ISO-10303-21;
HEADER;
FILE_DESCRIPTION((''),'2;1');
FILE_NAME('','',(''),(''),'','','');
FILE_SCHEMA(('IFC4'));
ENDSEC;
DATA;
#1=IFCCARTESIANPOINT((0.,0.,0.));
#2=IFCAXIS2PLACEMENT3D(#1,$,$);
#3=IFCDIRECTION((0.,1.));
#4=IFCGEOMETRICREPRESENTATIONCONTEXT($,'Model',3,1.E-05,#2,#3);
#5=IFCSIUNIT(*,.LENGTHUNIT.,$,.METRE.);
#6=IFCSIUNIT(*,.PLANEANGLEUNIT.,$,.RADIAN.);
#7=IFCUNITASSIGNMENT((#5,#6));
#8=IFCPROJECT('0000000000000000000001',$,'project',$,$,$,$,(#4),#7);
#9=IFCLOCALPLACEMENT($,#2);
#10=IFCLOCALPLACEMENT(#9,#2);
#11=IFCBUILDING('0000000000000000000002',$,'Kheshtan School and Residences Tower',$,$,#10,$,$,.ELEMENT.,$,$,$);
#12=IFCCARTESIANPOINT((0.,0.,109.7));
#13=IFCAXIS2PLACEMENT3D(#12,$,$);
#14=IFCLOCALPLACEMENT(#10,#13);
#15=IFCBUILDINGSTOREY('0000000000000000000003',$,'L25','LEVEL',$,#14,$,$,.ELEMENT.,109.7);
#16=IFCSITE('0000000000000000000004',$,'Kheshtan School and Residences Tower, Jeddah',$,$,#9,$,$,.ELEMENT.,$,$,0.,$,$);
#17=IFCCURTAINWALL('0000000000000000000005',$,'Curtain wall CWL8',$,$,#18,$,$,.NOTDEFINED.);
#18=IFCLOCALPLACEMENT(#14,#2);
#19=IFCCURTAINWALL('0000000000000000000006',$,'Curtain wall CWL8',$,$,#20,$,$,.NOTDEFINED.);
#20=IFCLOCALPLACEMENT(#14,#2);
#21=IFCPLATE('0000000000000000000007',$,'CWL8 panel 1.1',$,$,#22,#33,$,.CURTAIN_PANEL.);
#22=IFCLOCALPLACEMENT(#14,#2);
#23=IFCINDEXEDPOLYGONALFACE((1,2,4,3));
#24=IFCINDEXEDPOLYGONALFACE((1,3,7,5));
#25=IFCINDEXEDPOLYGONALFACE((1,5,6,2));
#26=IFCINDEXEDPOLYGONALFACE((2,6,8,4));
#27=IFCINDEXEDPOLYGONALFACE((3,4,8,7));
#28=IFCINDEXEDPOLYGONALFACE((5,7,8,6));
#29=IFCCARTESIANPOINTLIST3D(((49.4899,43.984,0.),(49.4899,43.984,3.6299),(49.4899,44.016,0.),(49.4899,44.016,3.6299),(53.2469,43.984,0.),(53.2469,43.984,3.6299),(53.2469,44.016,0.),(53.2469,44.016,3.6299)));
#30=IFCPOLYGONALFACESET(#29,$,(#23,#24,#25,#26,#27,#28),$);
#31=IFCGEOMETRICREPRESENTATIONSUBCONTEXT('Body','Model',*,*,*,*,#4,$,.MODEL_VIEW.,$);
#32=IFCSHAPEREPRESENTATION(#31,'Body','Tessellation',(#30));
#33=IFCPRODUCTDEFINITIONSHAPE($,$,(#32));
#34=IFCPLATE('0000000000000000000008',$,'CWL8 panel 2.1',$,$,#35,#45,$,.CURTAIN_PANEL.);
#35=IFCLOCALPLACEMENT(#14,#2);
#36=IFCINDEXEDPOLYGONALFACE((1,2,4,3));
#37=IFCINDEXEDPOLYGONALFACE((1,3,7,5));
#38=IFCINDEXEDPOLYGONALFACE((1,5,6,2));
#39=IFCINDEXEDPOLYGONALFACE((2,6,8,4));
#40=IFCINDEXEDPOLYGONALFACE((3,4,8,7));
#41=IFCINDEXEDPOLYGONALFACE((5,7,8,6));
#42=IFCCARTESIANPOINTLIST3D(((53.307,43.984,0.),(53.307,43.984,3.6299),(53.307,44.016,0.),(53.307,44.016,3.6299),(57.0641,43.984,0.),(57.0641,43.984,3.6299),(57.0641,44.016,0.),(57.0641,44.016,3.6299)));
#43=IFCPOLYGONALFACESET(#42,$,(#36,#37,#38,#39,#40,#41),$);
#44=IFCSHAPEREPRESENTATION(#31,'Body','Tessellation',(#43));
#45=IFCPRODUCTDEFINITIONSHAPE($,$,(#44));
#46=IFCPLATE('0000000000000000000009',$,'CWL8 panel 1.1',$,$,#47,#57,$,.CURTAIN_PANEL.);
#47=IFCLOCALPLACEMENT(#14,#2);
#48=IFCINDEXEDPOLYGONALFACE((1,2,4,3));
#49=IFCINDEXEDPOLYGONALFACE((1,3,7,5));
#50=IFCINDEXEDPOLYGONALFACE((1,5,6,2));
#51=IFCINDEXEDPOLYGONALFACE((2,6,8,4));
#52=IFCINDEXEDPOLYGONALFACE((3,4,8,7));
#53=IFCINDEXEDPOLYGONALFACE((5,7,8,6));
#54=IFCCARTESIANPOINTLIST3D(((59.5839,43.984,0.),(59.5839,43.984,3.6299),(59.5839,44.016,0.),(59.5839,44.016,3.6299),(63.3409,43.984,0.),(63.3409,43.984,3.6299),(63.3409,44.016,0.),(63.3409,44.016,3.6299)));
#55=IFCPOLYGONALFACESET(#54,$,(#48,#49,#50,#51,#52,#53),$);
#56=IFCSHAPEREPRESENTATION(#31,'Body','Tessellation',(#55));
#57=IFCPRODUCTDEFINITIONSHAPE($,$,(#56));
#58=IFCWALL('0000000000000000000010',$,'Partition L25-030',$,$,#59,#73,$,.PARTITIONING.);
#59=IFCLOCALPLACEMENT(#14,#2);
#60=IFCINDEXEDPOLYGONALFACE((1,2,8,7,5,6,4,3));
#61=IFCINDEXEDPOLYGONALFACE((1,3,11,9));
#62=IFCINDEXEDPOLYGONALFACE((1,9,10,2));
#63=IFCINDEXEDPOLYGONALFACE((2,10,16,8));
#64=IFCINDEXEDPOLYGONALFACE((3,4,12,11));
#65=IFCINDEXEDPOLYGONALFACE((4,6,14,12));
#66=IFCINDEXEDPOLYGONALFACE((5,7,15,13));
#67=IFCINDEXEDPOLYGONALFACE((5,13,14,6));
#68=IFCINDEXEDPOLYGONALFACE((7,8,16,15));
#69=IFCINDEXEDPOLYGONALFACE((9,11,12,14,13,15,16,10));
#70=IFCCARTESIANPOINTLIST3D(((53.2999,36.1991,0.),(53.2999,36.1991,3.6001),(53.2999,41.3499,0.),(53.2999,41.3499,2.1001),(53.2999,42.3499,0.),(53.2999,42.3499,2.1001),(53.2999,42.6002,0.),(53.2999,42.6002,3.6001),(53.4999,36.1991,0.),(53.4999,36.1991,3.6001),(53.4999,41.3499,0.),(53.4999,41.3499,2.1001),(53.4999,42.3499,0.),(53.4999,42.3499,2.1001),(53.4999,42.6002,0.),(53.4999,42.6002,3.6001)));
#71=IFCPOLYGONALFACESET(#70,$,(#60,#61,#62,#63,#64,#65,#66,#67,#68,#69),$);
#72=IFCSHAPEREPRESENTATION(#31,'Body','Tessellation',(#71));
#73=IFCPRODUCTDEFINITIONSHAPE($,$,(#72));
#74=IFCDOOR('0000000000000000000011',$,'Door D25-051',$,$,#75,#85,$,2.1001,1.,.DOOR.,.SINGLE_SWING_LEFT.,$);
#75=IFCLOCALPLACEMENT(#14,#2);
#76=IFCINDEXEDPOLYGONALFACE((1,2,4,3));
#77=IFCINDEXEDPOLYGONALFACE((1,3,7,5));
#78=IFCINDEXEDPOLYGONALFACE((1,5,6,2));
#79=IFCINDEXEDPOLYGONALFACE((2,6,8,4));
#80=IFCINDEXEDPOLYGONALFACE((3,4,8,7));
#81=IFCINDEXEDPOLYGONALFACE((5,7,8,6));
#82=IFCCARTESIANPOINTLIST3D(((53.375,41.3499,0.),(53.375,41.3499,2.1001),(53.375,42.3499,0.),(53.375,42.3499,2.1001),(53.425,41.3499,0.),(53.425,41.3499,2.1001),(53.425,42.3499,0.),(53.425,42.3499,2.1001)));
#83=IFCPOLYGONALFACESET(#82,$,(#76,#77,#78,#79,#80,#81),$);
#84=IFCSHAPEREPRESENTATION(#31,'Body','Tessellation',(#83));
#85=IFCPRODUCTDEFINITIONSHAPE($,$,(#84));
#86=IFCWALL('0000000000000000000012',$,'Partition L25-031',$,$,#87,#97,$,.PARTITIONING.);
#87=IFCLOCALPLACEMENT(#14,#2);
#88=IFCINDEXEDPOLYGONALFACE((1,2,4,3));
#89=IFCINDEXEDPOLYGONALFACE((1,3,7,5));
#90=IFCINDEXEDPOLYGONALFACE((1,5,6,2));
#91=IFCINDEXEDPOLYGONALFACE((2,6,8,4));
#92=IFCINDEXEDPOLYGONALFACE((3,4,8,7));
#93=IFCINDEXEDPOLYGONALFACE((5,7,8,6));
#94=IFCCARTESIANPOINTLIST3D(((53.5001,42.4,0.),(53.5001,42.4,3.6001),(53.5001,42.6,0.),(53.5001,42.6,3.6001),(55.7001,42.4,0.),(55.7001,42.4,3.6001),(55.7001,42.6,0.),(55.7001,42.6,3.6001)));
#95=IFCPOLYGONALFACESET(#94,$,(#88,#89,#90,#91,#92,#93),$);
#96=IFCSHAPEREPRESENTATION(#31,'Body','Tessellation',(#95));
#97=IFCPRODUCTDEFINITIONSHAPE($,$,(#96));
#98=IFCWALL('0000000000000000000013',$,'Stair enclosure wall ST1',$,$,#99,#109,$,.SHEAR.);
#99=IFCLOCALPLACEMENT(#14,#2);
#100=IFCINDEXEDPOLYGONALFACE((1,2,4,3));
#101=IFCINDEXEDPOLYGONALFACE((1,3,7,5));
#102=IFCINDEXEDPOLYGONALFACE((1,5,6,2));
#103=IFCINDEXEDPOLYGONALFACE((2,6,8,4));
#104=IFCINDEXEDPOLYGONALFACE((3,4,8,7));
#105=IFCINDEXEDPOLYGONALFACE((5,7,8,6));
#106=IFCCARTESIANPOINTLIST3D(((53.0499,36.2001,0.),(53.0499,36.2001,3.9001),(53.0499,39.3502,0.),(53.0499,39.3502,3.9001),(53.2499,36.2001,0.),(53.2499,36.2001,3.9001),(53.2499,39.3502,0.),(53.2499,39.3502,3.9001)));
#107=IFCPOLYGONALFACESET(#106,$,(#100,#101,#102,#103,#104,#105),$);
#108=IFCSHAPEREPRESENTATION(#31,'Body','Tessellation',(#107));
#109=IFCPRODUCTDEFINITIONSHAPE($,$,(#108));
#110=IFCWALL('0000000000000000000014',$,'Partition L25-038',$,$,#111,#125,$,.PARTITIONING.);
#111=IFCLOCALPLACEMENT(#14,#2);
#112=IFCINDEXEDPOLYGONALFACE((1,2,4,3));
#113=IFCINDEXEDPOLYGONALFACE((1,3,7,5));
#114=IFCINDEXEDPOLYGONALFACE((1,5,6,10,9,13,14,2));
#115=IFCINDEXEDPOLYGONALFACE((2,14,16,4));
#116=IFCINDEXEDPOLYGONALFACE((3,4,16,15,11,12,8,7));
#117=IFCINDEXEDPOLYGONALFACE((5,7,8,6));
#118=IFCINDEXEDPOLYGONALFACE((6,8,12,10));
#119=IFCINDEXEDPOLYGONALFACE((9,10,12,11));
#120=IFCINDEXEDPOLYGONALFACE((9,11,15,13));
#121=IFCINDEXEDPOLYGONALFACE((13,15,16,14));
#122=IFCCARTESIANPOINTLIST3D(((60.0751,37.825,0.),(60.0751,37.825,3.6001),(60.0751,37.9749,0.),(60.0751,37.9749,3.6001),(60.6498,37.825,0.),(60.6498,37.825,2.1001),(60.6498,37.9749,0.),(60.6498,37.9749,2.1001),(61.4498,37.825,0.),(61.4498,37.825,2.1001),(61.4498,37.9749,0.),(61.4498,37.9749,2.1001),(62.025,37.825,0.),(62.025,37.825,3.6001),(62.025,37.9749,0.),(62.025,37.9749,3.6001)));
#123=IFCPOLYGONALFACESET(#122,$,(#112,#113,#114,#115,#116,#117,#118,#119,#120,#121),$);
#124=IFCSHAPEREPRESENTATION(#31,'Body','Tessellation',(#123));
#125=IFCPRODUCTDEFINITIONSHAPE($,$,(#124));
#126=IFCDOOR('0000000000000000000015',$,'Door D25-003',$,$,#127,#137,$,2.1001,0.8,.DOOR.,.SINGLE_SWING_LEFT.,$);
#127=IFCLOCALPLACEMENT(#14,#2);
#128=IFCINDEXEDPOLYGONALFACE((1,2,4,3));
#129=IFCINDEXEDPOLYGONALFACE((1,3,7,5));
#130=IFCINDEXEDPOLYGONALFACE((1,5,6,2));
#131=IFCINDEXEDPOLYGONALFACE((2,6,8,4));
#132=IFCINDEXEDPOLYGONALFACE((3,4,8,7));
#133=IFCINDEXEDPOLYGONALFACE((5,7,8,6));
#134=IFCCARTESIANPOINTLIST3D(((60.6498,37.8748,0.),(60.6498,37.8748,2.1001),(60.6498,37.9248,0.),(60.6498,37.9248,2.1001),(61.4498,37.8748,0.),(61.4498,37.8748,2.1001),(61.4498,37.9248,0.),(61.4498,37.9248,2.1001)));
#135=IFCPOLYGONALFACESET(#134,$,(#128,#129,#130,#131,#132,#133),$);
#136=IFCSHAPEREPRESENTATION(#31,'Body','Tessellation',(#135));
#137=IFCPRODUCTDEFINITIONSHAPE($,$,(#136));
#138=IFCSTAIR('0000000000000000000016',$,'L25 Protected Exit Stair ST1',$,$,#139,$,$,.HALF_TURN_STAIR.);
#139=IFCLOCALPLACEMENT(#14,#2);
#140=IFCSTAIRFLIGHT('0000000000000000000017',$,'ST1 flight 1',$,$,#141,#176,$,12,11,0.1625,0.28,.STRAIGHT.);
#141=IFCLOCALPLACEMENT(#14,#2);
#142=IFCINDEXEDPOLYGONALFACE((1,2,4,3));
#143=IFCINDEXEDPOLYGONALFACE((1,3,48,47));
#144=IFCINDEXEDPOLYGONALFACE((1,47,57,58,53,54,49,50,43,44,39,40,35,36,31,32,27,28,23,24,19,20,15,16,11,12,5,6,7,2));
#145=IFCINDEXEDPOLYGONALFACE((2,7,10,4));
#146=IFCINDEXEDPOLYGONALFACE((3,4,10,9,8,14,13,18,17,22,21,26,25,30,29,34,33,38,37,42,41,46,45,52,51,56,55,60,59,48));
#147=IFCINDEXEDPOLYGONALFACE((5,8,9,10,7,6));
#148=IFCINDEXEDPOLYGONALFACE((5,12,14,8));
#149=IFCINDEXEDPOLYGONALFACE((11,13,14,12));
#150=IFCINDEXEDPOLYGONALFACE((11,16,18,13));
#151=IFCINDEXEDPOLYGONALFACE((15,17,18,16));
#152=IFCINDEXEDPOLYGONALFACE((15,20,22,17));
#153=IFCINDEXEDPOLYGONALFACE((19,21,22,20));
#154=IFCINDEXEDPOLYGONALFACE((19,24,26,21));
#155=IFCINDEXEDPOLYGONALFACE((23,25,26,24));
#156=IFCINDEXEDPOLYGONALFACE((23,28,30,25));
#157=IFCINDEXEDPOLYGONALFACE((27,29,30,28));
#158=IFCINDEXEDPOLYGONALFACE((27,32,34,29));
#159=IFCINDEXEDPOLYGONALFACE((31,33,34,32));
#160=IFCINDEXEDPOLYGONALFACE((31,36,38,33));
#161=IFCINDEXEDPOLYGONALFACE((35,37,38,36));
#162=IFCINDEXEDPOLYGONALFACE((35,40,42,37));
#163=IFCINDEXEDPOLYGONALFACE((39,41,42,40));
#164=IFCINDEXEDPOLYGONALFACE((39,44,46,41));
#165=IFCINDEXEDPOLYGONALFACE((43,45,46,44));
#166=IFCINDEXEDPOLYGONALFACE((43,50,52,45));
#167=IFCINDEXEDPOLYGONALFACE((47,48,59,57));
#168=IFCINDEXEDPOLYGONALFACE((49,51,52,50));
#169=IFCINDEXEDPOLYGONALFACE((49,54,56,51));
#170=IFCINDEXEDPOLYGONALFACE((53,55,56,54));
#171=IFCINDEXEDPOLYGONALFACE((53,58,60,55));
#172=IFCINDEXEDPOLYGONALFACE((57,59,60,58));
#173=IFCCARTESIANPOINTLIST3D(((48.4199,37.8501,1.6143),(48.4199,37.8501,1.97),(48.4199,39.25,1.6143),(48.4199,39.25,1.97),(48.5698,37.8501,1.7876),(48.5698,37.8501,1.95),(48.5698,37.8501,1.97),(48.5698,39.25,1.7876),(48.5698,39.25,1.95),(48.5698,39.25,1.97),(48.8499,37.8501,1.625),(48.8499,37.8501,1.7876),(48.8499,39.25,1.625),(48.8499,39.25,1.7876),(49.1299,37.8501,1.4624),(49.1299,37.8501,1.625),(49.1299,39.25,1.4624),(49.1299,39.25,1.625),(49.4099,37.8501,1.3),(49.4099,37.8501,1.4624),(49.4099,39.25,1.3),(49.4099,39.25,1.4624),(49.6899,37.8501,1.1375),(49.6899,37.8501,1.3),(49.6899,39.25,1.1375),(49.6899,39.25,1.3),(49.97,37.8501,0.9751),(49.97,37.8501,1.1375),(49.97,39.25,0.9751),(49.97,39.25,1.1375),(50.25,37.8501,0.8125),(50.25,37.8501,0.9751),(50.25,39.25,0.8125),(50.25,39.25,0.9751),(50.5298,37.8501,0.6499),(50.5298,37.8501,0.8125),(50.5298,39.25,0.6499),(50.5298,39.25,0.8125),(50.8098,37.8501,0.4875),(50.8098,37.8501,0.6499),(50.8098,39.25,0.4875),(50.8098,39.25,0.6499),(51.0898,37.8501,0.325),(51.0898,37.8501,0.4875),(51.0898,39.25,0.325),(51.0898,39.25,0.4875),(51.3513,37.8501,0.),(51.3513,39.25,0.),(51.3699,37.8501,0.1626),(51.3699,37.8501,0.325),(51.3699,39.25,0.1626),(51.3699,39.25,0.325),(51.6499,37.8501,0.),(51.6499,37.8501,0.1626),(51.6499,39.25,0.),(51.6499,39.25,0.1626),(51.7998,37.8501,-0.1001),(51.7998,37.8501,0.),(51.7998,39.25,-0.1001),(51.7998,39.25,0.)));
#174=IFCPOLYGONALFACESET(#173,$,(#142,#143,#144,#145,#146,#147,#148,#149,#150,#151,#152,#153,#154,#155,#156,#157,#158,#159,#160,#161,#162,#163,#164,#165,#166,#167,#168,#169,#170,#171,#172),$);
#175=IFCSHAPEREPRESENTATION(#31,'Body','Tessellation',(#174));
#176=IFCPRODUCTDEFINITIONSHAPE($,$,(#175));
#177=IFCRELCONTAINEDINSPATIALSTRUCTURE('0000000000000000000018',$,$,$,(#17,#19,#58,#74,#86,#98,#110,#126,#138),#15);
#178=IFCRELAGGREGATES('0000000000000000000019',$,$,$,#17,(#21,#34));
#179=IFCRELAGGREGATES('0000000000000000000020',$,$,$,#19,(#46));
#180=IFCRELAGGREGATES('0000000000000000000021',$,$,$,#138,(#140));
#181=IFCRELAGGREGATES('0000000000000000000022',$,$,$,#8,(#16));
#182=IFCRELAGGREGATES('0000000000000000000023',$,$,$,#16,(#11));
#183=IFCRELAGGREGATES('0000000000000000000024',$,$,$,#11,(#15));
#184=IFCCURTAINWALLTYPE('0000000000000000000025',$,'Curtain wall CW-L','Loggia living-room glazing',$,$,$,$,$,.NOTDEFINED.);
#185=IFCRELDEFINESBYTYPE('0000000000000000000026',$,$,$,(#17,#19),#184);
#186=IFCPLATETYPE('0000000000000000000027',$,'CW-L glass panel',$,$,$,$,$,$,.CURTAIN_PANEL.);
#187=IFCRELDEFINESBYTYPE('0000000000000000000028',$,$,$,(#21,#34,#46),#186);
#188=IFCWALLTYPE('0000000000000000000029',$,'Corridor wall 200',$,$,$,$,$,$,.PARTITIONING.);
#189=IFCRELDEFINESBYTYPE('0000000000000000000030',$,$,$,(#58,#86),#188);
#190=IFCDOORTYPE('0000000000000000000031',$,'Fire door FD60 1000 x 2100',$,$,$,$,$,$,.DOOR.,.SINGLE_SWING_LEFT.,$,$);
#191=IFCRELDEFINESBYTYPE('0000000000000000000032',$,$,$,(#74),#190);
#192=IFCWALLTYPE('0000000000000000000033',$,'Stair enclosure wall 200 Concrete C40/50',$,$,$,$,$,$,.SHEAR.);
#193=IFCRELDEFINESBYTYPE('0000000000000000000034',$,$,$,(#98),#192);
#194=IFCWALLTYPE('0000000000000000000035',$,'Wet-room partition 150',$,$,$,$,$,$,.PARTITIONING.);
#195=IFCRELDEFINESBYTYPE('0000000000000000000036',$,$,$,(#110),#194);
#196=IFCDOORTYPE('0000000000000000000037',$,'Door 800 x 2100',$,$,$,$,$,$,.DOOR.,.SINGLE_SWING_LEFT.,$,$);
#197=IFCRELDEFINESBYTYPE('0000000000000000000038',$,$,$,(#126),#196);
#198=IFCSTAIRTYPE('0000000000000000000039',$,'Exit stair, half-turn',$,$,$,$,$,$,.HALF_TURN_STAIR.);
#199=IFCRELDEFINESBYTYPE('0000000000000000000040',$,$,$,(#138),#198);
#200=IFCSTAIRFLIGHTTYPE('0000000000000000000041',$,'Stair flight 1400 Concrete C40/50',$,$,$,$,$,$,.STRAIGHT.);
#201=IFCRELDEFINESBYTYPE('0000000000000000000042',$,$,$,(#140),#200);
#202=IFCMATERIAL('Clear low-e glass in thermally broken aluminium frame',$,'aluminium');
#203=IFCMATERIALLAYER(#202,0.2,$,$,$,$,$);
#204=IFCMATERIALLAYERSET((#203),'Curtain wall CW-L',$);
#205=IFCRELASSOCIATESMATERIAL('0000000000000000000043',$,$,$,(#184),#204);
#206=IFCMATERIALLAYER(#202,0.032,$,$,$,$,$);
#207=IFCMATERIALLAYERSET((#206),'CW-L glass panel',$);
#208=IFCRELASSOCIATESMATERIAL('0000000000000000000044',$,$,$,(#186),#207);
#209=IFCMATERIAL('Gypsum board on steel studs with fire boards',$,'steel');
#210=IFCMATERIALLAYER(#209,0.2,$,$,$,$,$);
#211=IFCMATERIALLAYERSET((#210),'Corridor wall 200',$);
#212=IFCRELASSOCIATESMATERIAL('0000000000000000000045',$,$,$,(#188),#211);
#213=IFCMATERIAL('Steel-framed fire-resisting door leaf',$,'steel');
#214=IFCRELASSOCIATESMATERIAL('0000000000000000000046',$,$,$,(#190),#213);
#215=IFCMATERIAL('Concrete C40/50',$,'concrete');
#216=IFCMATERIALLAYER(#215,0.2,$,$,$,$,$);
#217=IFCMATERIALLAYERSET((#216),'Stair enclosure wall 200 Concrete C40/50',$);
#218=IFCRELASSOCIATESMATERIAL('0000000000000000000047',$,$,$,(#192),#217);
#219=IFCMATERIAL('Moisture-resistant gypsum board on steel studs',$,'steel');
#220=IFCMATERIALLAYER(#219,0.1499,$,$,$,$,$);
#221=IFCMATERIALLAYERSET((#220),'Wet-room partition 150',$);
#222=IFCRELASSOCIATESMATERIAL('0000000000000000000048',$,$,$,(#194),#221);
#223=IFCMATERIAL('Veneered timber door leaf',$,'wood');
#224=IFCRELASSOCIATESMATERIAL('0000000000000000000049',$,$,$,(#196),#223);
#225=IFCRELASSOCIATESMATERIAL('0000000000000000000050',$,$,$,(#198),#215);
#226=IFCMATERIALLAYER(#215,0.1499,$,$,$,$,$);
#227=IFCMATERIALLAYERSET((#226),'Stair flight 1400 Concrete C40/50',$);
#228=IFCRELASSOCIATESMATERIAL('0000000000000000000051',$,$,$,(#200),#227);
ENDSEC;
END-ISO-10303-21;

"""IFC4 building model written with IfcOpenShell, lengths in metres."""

from ifc_helpers import new_model, si_unit, direction, frame, frame_2d, origin, origin_2d, place, context, subcontext, project, spatial, polyline, rectangle, outline, extrude, source, transform, mapped, material, layer, layer_set, type_object, element, fill, aggregate, save


model = new_model("IFC4")

# Units and contexts
model_context = context("Model", 3, precision=1e-05, world=origin(), true_north=direction((0.0, 1.0)))
body_context = subcontext(model_context, "Body", "Model", "MODEL_VIEW")
ifc_project = project(units=[si_unit("LENGTHUNIT", "METRE"), si_unit("PLANEANGLEUNIT", "RADIAN")], contexts=[model_context])

# Site, building, storey
site_placement = place(None, origin())
site = spatial("IfcSite", under=ifc_project, at=site_placement, Name="Kheshtan School and Residences Tower, Jeddah", CompositionType="ELEMENT", RefElevation=0.0)
building_placement = place(site_placement, origin())
building = spatial("IfcBuilding", under=site, at=building_placement, Name="Kheshtan School and Residences Tower", CompositionType="ELEMENT")
storey_placement = place(building_placement, frame((0.0, 0.0, 109.7)))
storey = spatial("IfcBuildingStorey", under=building, at=storey_placement, Name="L25", Description="LEVEL", CompositionType="ELEMENT", Elevation=109.7)

# Curtain walls
ifc_material_1 = material(Name="Clear low-e glass in thermally broken aluminium frame", Category="aluminium")
ifc_layer_1 = layer(ifc_material_1, 0.2)
ifc_layer_set_1 = layer_set([ifc_layer_1], Name="Curtain wall CW-L")
curtain_wall_type = type_object("IfcCurtainWallType", Name="Curtain wall CW-L", Description="Loggia living-room glazing", PredefinedType="NOTDEFINED", material=ifc_layer_set_1)
curtain_wall_1_placement = place(storey_placement, origin())
curtain_wall_1 = element("IfcCurtainWall", 1, at=curtain_wall_1_placement, inside=storey, type_object=curtain_wall_type, Name="Curtain wall CWL8", PredefinedType="NOTDEFINED")
curtain_wall_2_placement = place(storey_placement, origin())
curtain_wall_2 = element("IfcCurtainWall", 2, at=curtain_wall_2_placement, inside=storey, type_object=curtain_wall_type, Name="Curtain wall CWL8", PredefinedType="NOTDEFINED")

# Plates
ifc_layer_2 = layer(ifc_material_1, 0.032)
ifc_layer_set_2 = layer_set([ifc_layer_2], Name="CW-L glass panel")
plate_type = type_object("IfcPlateType", Name="CW-L glass panel", PredefinedType="CURTAIN_PANEL", material=ifc_layer_set_2)
plate_1_placement = place(storey_placement, frame((51.3684, 44.0, 0.0), z_axis=(0.0, 0.0, 1.0), x_axis=(1.0, 0.0, 0.0)))
plate_1 = element("IfcPlate", 3, at=plate_1_placement, type_object=plate_type, Name="CWL8 panel 1.1", PredefinedType="CURTAIN_PANEL", context=body_context, shape_type="SweptSolid", body=[
    extrude(rectangle(XDim=3.7571, YDim=0.032, at=origin_2d()), origin(), (0.0, 0.0, 1.0), 3.6299),
])
plate_2_placement = place(storey_placement, frame((55.1855, 44.0, 0.0), z_axis=(0.0, 0.0, 1.0), x_axis=(1.0, 0.0, 0.0)))
plate_2 = element("IfcPlate", 4, at=plate_2_placement, type_object=plate_type, Name="CWL8 panel 2.1", PredefinedType="CURTAIN_PANEL", context=body_context, shape_type="SweptSolid", body=[
    extrude(rectangle(XDim=3.7571, YDim=0.032, at=origin_2d()), origin(), (0.0, 0.0, 1.0), 3.6299),
])
aggregate(curtain_wall_1, [plate_1, plate_2])
plate_3_placement = place(storey_placement, frame((61.4624, 44.0, 0.0), z_axis=(0.0, 0.0, 1.0), x_axis=(1.0, 0.0, 0.0)))
plate_3 = element("IfcPlate", 5, at=plate_3_placement, type_object=plate_type, Name="CWL8 panel 1.1", PredefinedType="CURTAIN_PANEL", context=body_context, shape_type="SweptSolid", body=[
    extrude(rectangle(XDim=3.7571, YDim=0.032, at=origin_2d()), origin(), (0.0, 0.0, 1.0), 3.6299),
])
aggregate(curtain_wall_2, [plate_3])

# Wall, opening, door
ifc_material_2 = material(Name="Gypsum board on steel studs with fire boards", Category="steel")
ifc_layer_3 = layer(ifc_material_2, 0.2)
ifc_layer_set_3 = layer_set([ifc_layer_3], Name="Corridor wall 200")
wall_type_1 = type_object("IfcWallType", Name="Corridor wall 200", PredefinedType="PARTITIONING", material=ifc_layer_set_3)
wall_1_placement = place(storey_placement, frame((53.3999, 36.199, 0.0), z_axis=(0.0, 0.0, 1.0), x_axis=(0.0, 1.0, 0.0)))
wall_1 = element("IfcWall", 6, at=wall_1_placement, inside=storey, type_object=wall_type_1, Name="Partition L25-030", PredefinedType="PARTITIONING", context=body_context, shape_type="SweptSolid", body=[
    extrude(rectangle(XDim=6.4011, YDim=0.2, at=frame_2d((3.2007, 0.0))), origin(), (0.0, 0.0, 1.0), 3.6001),
])
opening_1_placement = place(wall_1_placement, frame((5.1509, 0.0, 0.0)))
opening_1 = element("IfcOpeningElement", 7, at=opening_1_placement, cuts=wall_1, PredefinedType="OPENING", context=body_context, shape_type="SweptSolid", body=[
    extrude(rectangle(XDim=1.0, YDim=2.1001, at=frame_2d((0.5, 1.05))), frame((0.0, 0.1099, 0.0), z_axis=(0.0, -1.0, 0.0), x_axis=(1.0, 0.0, 0.0)), (0.0, 0.0, 1.0), 0.22),
])
ifc_material_3 = material(Name="Steel-framed fire-resisting door leaf", Category="steel")
door_type_1 = type_object("IfcDoorType", Name="Fire door FD60 1000 x 2100", OperationType="SINGLE_SWING_LEFT", PredefinedType="DOOR", material=ifc_material_3)
shared_shape_1 = source(origin(), body_context, "Body", "SweptSolid", [
    extrude(rectangle(XDim=1.0, YDim=2.1001, at=frame_2d((0.5, 1.05))), frame((0.0, 0.0249, 0.0), z_axis=(0.0, -1.0, 0.0), x_axis=(1.0, 0.0, 0.0)), (0.0, 0.0, 1.0), 0.05),
])
door_1_placement = place(opening_1_placement, origin())
door_1 = element("IfcDoor", 8, at=door_1_placement, inside=storey, type_object=door_type_1, Name="Door D25-051", OperationType="SINGLE_SWING_LEFT", OverallHeight=2.1001, OverallWidth=1.0, PredefinedType="DOOR", context=body_context, shape_type="MappedRepresentation", body=[
    mapped(shared_shape_1, transform((0.0, 0.0, 0.0), x_axis=(1.0, 0.0, 0.0), y_axis=(0.0, 1.0, 0.0), z_axis=(0.0, 0.0, 1.0), scale=1.0)),
])
fill(opening_1, door_1)

# Wall
wall_2_placement = place(storey_placement, frame((53.5, 42.5, 0.0), z_axis=(0.0, 0.0, 1.0), x_axis=(1.0, 0.0, 0.0)))
element("IfcWall", 9, at=wall_2_placement, inside=storey, type_object=wall_type_1, Name="Partition L25-031", PredefinedType="PARTITIONING", context=body_context, shape_type="SweptSolid", body=[
    extrude(rectangle(XDim=2.2, YDim=0.2, at=frame_2d((1.1001, 0.0))), origin(), (0.0, 0.0, 1.0), 3.6001),
])

# Wall
ifc_material_4 = material(Name="Concrete C40/50", Category="concrete")
ifc_layer_4 = layer(ifc_material_4, 0.2)
ifc_layer_set_4 = layer_set([ifc_layer_4], Name="Stair enclosure wall 200 Concrete C40/50")
wall_type_2 = type_object("IfcWallType", Name="Stair enclosure wall 200 Concrete C40/50", PredefinedType="SHEAR", material=ifc_layer_set_4)
wall_3_placement = place(storey_placement, frame((53.1499, 36.2, 0.0), z_axis=(0.0, 0.0, 1.0), x_axis=(0.0, 1.0, 0.0)))
element("IfcWall", 10, at=wall_3_placement, inside=storey, type_object=wall_type_2, Name="Stair enclosure wall ST1", PredefinedType="SHEAR", context=body_context, shape_type="SweptSolid", body=[
    extrude(rectangle(XDim=3.1501, YDim=0.2, at=frame_2d((1.5752, 0.0))), origin(), (0.0, 0.0, 1.0), 3.9001),
])

# Wall, opening, door
ifc_material_5 = material(Name="Moisture-resistant gypsum board on steel studs", Category="steel")
ifc_layer_5 = layer(ifc_material_5, 0.1499)
ifc_layer_set_5 = layer_set([ifc_layer_5], Name="Wet-room partition 150")
wall_type_3 = type_object("IfcWallType", Name="Wet-room partition 150", PredefinedType="PARTITIONING", material=ifc_layer_set_5)
wall_4_placement = place(storey_placement, frame((60.075, 37.8999, 0.0), z_axis=(0.0, 0.0, 1.0), x_axis=(1.0, 0.0, 0.0)))
wall_4 = element("IfcWall", 11, at=wall_4_placement, inside=storey, type_object=wall_type_3, Name="Partition L25-038", PredefinedType="PARTITIONING", context=body_context, shape_type="SweptSolid", body=[
    extrude(rectangle(XDim=1.95, YDim=0.1499, at=frame_2d((0.9751, 0.0))), origin(), (0.0, 0.0, 1.0), 3.6001),
])
opening_2_placement = place(wall_4_placement, frame((0.575, 0.0, 0.0)))
opening_2 = element("IfcOpeningElement", 12, at=opening_2_placement, cuts=wall_4, PredefinedType="OPENING", context=body_context, shape_type="SweptSolid", body=[
    extrude(rectangle(XDim=0.8, YDim=2.1001, at=frame_2d((0.3999, 1.05))), frame((0.0, 0.085, 0.0), z_axis=(0.0, -1.0, 0.0), x_axis=(1.0, 0.0, 0.0)), (0.0, 0.0, 1.0), 0.1699),
])
ifc_material_6 = material(Name="Veneered timber door leaf", Category="wood")
door_type_2 = type_object("IfcDoorType", Name="Door 800 x 2100", OperationType="SINGLE_SWING_LEFT", PredefinedType="DOOR", material=ifc_material_6)
shared_shape_2 = source(origin(), body_context, "Body", "SweptSolid", [
    extrude(rectangle(XDim=0.8, YDim=2.1001, at=frame_2d((0.3999, 1.05))), frame((0.0, 0.0249, 0.0), z_axis=(0.0, -1.0, 0.0), x_axis=(1.0, 0.0, 0.0)), (0.0, 0.0, 1.0), 0.05),
])
door_2_placement = place(opening_2_placement, origin())
door_2 = element("IfcDoor", 13, at=door_2_placement, inside=storey, type_object=door_type_2, Name="Door D25-003", OperationType="SINGLE_SWING_LEFT", OverallHeight=2.1001, OverallWidth=0.8, PredefinedType="DOOR", context=body_context, shape_type="MappedRepresentation", body=[
    mapped(shared_shape_2, transform((0.0, 0.0, 0.0), x_axis=(1.0, 0.0, 0.0), y_axis=(0.0, 1.0, 0.0), z_axis=(0.0, 0.0, 1.0), scale=1.0)),
])
fill(opening_2, door_2)

# Stair, stair flight
stair_type = type_object("IfcStairType", Name="Exit stair, half-turn", PredefinedType="HALF_TURN_STAIR", material=ifc_material_4)
stair_placement = place(storey_placement, origin())
stair = element("IfcStair", 14, at=stair_placement, inside=storey, type_object=stair_type, Name="L25 Protected Exit Stair ST1", PredefinedType="HALF_TURN_STAIR")
ifc_layer_6 = layer(ifc_material_4, 0.1499)
ifc_layer_set_6 = layer_set([ifc_layer_6], Name="Stair flight 1400 Concrete C40/50")
stair_flight_type = type_object("IfcStairFlightType", Name="Stair flight 1400 Concrete C40/50", PredefinedType="STRAIGHT", material=ifc_layer_set_6)
stair_flight_placement = place(storey_placement, frame((51.6499, 38.55, 0.0), z_axis=(0.0, 0.0, 1.0), x_axis=(-1.0, 0.0, 0.0)))
stair_flight = element("IfcStairFlight", 15, at=stair_flight_placement, type_object=stair_flight_type, Name="ST1 flight 1", NumberOfRisers=12, NumberOfTreads=11, PredefinedType="STRAIGHT", RiserHeight=0.1625, TreadLength=0.28, context=body_context, shape_type="SweptSolid", body=[
    extrude(outline(polyline([(-0.1499, -0.1001), (-0.1499, 0.0), (0.0, 0.0), (0.0, 0.1626), (0.28, 0.1626), (0.28, 0.325), (0.5601, 0.325), (0.5601, 0.4875), (0.8401, 0.4875), (0.8401, 0.6499), (1.1201, 0.6499), (1.1201, 0.8125), (1.3999, 0.8125), (1.3999, 0.9751), (1.6799, 0.9751), (1.6799, 1.1375), (1.96, 1.1375), (1.96, 1.3), (2.24, 1.3), (2.24, 1.4624), (2.52, 1.4624), (2.52, 1.625), (2.8, 1.625), (2.8, 1.7876), (3.0801, 1.7876), (3.0801, 1.95), (3.0801, 1.97), (3.23, 1.97), (3.23, 1.6143), (0.2986, 0.0), (-0.1499, -0.1001)])), frame((0.0, 0.7, 0.0), z_axis=(0.0, -1.0, 0.0), x_axis=(1.0, 0.0, 0.0)), (0.0, 0.0, 1.0), 1.3999),
])
aggregate(stair, [stair_flight])

save(model, "model.ifc")
